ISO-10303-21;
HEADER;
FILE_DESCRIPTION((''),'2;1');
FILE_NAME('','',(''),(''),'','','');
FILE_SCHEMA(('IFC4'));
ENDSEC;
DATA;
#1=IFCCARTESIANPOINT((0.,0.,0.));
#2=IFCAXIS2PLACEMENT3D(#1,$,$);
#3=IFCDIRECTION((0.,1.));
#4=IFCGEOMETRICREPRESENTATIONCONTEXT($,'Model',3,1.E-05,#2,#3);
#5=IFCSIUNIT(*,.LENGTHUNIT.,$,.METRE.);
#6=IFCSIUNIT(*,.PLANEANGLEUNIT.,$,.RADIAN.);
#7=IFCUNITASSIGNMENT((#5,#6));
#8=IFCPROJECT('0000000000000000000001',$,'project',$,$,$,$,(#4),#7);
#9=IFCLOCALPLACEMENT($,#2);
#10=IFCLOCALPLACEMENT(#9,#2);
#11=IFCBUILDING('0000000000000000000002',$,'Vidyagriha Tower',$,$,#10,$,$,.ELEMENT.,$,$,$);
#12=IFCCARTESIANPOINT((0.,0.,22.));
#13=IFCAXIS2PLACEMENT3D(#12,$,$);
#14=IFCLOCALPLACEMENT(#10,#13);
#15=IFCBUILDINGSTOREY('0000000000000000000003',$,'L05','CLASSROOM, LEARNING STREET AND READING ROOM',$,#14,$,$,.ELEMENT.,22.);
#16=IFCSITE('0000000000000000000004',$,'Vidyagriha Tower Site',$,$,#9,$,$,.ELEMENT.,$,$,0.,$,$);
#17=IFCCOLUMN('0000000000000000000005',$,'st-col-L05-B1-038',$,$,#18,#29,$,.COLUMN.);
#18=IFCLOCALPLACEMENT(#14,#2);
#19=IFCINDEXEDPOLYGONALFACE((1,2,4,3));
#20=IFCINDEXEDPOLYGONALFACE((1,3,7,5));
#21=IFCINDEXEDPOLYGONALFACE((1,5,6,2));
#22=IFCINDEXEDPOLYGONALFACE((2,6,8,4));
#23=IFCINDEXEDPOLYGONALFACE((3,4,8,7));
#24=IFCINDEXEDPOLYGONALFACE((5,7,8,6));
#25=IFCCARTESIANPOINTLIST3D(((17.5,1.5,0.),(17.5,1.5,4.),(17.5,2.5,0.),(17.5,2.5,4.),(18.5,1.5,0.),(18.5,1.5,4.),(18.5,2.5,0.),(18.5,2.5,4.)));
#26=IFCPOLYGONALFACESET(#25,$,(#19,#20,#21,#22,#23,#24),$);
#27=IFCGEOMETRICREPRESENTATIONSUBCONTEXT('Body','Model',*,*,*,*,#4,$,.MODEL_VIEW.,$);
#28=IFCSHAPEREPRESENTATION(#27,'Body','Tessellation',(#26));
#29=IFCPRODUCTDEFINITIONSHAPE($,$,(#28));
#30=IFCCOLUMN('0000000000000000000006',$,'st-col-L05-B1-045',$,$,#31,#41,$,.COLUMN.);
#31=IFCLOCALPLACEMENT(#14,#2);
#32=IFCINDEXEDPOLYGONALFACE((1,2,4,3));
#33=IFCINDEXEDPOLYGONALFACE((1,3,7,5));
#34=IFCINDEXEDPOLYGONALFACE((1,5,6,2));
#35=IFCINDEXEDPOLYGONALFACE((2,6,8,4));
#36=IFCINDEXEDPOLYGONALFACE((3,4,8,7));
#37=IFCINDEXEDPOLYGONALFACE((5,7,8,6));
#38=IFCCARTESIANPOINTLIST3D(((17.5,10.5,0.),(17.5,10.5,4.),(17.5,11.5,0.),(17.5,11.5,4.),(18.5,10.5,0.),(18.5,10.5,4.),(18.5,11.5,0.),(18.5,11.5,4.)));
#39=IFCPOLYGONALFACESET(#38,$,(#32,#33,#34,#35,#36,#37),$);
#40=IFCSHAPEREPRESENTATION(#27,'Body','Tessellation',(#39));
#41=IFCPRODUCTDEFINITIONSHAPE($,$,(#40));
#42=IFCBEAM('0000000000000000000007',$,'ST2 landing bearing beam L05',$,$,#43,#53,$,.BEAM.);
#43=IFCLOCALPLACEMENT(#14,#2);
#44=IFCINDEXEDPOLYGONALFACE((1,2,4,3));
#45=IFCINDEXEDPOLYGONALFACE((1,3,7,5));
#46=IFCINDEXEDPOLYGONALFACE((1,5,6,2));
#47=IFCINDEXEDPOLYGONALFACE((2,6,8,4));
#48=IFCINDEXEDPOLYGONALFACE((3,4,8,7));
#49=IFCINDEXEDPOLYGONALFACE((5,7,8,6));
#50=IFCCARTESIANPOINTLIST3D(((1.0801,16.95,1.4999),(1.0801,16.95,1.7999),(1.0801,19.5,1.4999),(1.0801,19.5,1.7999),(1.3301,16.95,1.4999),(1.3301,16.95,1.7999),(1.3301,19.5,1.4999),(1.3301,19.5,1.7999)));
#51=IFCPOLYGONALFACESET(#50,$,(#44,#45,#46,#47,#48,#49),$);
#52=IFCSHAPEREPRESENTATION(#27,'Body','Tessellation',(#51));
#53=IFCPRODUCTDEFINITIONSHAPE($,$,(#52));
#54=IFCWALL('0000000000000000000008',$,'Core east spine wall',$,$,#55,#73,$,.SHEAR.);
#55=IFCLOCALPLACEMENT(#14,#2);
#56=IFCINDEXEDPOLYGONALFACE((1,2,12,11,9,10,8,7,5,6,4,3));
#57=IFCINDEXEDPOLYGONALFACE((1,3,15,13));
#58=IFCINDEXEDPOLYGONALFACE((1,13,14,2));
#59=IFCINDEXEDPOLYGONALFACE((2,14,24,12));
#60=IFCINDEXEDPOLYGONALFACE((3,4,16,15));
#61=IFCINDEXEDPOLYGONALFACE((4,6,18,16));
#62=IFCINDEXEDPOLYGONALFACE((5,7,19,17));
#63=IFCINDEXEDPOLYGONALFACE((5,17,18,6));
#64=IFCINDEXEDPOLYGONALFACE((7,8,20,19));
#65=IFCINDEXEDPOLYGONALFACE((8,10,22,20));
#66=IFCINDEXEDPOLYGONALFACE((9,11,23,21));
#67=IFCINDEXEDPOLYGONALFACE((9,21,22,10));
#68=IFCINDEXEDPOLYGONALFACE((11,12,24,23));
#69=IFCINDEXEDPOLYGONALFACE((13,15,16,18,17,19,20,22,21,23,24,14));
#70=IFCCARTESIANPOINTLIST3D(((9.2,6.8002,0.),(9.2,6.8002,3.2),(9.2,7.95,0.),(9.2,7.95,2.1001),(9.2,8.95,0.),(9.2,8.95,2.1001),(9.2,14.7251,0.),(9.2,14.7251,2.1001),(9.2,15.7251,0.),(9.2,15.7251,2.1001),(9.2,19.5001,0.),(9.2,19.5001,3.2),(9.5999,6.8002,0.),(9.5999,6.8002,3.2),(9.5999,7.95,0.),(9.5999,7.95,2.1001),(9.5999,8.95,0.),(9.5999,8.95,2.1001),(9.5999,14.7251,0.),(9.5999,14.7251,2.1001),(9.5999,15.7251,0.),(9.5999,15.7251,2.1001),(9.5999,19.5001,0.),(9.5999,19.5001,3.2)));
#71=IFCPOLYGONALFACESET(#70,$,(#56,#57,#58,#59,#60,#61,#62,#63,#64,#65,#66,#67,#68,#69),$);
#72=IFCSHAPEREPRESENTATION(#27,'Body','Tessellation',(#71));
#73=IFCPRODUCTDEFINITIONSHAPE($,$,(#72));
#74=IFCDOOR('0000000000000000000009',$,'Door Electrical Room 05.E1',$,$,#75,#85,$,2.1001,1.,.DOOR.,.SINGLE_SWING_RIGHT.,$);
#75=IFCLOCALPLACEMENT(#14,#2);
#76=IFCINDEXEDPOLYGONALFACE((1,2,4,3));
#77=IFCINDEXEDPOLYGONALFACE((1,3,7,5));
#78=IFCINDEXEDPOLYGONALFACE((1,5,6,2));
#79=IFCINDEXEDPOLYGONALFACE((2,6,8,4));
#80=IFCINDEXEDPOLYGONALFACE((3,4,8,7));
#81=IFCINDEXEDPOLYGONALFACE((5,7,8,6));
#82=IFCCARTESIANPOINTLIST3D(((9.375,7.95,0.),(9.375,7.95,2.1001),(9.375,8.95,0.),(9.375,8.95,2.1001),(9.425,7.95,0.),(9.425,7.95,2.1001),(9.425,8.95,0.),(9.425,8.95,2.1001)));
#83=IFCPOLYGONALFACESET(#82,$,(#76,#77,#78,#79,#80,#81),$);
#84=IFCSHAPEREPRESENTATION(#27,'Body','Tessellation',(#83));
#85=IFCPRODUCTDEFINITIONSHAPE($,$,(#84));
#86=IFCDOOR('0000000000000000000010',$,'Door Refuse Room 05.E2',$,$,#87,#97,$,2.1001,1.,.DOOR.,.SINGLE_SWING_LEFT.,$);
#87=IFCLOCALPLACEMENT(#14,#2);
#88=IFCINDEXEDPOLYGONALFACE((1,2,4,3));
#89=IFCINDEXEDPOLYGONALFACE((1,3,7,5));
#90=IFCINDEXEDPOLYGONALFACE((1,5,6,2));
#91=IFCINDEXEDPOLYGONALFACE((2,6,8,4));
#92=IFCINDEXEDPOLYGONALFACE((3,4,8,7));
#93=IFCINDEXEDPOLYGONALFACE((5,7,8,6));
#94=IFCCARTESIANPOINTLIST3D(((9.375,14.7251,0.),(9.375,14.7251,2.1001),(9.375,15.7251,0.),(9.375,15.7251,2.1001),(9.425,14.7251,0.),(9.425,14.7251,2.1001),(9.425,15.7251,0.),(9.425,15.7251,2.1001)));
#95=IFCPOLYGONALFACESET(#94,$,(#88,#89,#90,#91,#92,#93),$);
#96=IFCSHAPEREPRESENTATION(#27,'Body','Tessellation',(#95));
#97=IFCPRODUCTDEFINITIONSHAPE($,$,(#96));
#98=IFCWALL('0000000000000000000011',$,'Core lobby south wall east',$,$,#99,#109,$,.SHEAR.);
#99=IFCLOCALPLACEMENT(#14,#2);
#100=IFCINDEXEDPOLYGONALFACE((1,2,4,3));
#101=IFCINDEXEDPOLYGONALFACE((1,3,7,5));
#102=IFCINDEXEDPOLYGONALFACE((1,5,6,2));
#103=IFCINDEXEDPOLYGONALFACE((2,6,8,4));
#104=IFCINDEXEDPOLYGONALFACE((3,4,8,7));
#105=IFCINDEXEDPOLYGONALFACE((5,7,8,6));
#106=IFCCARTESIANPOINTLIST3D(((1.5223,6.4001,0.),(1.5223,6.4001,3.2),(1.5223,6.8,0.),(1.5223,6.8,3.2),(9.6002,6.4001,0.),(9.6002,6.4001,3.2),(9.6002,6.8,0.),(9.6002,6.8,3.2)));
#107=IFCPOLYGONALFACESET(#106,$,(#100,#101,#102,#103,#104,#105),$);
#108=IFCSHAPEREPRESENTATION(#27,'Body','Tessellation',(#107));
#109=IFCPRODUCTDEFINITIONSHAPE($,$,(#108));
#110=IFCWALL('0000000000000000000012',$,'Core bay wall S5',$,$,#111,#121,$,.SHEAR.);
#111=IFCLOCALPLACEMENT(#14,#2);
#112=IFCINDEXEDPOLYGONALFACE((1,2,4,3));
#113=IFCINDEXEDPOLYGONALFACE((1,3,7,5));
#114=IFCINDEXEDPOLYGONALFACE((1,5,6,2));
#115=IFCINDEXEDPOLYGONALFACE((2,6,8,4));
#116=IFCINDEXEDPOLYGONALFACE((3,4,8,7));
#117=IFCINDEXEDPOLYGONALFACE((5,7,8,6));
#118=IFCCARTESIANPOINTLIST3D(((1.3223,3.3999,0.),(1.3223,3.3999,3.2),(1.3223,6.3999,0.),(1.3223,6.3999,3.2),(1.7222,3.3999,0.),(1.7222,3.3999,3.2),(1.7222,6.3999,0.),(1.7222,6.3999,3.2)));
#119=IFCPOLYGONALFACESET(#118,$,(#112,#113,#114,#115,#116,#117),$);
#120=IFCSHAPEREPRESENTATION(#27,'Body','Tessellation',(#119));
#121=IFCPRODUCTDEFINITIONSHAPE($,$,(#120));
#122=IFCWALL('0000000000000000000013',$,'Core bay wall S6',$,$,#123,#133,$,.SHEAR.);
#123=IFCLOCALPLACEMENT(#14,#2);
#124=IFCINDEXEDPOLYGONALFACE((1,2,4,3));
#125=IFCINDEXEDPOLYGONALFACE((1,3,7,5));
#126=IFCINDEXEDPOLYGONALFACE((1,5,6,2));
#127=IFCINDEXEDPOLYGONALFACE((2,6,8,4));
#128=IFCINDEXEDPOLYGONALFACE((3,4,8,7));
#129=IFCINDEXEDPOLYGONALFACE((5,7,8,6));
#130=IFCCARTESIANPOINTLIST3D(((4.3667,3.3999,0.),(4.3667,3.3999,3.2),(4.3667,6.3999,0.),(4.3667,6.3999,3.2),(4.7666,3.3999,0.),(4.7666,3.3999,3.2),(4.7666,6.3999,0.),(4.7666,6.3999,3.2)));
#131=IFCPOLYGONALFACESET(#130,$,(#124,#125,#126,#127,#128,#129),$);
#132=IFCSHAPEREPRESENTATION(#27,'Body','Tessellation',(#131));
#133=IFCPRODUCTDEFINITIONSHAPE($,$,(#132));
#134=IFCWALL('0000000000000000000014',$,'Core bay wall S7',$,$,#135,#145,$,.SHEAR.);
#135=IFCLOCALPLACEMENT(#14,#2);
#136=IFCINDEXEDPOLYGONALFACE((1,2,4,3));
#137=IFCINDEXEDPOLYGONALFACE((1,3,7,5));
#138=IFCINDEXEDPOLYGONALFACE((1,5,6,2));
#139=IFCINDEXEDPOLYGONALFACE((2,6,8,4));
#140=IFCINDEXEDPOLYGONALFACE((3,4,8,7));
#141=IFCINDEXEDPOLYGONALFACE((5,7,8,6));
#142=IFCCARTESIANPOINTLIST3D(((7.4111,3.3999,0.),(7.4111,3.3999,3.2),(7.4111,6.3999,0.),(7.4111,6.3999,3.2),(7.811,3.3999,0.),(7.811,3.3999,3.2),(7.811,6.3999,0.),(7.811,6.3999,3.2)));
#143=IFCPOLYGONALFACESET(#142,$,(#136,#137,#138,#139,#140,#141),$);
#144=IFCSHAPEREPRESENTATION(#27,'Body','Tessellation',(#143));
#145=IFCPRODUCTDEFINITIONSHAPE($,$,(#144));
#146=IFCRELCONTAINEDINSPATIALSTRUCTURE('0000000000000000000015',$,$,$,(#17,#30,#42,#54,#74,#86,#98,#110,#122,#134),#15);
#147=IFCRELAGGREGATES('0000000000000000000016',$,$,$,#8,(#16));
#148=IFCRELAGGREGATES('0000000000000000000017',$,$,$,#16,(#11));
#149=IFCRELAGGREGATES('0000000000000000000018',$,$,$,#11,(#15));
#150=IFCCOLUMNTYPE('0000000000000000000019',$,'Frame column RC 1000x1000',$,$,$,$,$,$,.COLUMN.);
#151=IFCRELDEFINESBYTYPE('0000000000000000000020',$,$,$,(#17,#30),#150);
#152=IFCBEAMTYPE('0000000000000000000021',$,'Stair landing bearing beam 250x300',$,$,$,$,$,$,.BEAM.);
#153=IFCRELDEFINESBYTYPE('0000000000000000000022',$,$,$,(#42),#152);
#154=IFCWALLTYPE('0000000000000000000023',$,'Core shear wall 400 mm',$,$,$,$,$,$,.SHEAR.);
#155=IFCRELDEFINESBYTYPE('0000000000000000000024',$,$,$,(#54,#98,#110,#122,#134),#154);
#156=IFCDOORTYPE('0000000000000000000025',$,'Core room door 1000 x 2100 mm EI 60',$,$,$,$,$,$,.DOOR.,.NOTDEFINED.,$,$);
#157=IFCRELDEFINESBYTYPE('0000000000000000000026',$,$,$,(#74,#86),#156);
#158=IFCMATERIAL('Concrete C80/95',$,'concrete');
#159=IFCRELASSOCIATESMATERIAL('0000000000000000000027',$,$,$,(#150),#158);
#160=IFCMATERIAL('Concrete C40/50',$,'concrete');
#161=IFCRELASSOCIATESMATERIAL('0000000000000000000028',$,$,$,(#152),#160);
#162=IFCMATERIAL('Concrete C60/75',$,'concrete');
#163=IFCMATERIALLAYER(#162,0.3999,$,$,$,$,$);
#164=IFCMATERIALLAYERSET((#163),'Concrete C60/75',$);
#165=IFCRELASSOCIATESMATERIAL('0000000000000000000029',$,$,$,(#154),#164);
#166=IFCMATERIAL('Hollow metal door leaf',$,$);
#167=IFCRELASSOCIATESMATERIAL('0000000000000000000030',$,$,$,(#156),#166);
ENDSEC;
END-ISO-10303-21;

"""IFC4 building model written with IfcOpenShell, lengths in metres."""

from ifc_helpers import new_model, si_unit, direction, frame, frame_2d, origin, origin_2d, place, context, subcontext, project, spatial, rectangle, extrude, material, layer, layer_set, material_profile, profile_set, type_object, element, fill, save


model = new_model("IFC4")

# Units and contexts
model_context = context("Model", 3, precision=1e-05, world=origin(), true_north=direction((0.0, 1.0)))
body_context = subcontext(model_context, "Body", "Model", "MODEL_VIEW")
ifc_project = project(units=[si_unit("LENGTHUNIT", "METRE"), si_unit("PLANEANGLEUNIT", "RADIAN")], contexts=[model_context])

# Site, building, storey
site_placement = place(None, origin())
site = spatial("IfcSite", under=ifc_project, at=site_placement, Name="Vidyagriha Tower Site", CompositionType="ELEMENT", RefElevation=0.0)
building_placement = place(site_placement, origin())
building = spatial("IfcBuilding", under=site, at=building_placement, Name="Vidyagriha Tower", CompositionType="ELEMENT")
storey_placement = place(building_placement, frame((0.0, 0.0, 22.0)))
storey = spatial("IfcBuildingStorey", under=building, at=storey_placement, Name="L05", Description="CLASSROOM, LEARNING STREET AND READING ROOM", CompositionType="ELEMENT", Elevation=22.0)

# Columns
ifc_material_1 = material(Name="Concrete C80/95", Category="concrete")
ifc_material_profile_1 = material_profile(ifc_material_1, rectangle(XDim=1.0, YDim=1.0, at=origin_2d()), Name="RC 1000x1000")
ifc_profile_set_1 = profile_set([ifc_material_profile_1], Name="Concrete C80/95")
column_type = type_object("IfcColumnType", Name="Frame column RC 1000x1000", PredefinedType="COLUMN", material=ifc_profile_set_1)
for number, where, name in (
    (1, (18.0, 2.0, 0.0), "st-col-L05-B1-038"),
    (2, (18.0, 11.0, 0.0), "st-col-L05-B1-045"),
):
    element("IfcColumn", number, at=place(storey_placement, frame(where)), inside=storey, type_object=column_type, Name=name, PredefinedType="COLUMN", context=body_context, shape_type="SweptSolid", body=[
        extrude(rectangle(XDim=1.0, YDim=1.0, at=origin_2d()), origin(), (0.0, 0.0, 1.0), 4.0),
    ])

# Beam
ifc_material_2 = material(Name="Concrete C40/50", Category="concrete")
ifc_material_profile_2 = material_profile(ifc_material_2, rectangle(XDim=0.25, YDim=0.3, at=origin_2d()), Name="Stair landing bearing beam 250x300")
ifc_profile_set_2 = profile_set([ifc_material_profile_2], Name="Concrete C40/50")
beam_type = type_object("IfcBeamType", Name="Stair landing bearing beam 250x300", PredefinedType="BEAM", material=ifc_profile_set_2)
beam_placement = place(storey_placement, frame((1.2051, 16.95, 1.6499), z_axis=(0.0, 1.0, 0.0), x_axis=(-1.0, 0.0, 0.0)))
element("IfcBeam", 3, at=beam_placement, inside=storey, type_object=beam_type, Name="ST2 landing bearing beam L05", PredefinedType="BEAM", context=body_context, shape_type="SweptSolid", body=[
    extrude(rectangle(XDim=0.25, YDim=0.3, at=origin_2d()), origin(), (0.0, 0.0, 1.0), 2.55),
])

# Wall, openings, doors
ifc_material_3 = material(Name="Concrete C60/75", Category="concrete")
ifc_layer_1 = layer(ifc_material_3, 0.3999)
ifc_layer_set_1 = layer_set([ifc_layer_1], Name="Concrete C60/75")
wall_type_1 = type_object("IfcWallType", Name="Core shear wall 400 mm", PredefinedType="SHEAR", material=ifc_layer_set_1)
wall_1_placement = place(storey_placement, frame((9.3999, 6.8, 0.0), z_axis=(0.0, 0.0, 1.0), x_axis=(0.0, 1.0, 0.0)))
wall_1 = element("IfcWall", 4, at=wall_1_placement, inside=storey, type_object=wall_type_1, Name="Core east spine wall", PredefinedType="SHEAR", context=body_context, shape_type="SweptSolid", body=[
    extrude(rectangle(XDim=12.7, YDim=0.3999, at=frame_2d((6.3501, 0.0))), origin(), (0.0, 0.0, 1.0), 3.2),
])
opening_1_placement = place(wall_1_placement, frame((1.1499, 0.0, 0.0)))
opening_1 = element("IfcOpeningElement", 5, at=opening_1_placement, cuts=wall_1, PredefinedType="OPENING", context=body_context, shape_type="SweptSolid", body=[
    extrude(rectangle(XDim=1.0, YDim=2.1001, at=frame_2d((0.5, 1.05))), frame((0.0, 0.21, 0.0), z_axis=(0.0, -1.0, 0.0), x_axis=(1.0, 0.0, 0.0)), (0.0, 0.0, 1.0), 0.4199),
])
opening_2_placement = place(wall_1_placement, frame((7.925, 0.0, 0.0)))
opening_2 = element("IfcOpeningElement", 6, at=opening_2_placement, cuts=wall_1, PredefinedType="OPENING", context=body_context, shape_type="SweptSolid", body=[
    extrude(rectangle(XDim=1.0, YDim=2.1001, at=frame_2d((0.5, 1.05))), frame((0.0, 0.21, 0.0), z_axis=(0.0, -1.0, 0.0), x_axis=(1.0, 0.0, 0.0)), (0.0, 0.0, 1.0), 0.4199),
])
ifc_material_4 = material(Name="Hollow metal door leaf")
door_type_1 = type_object("IfcDoorType", Name="Core room door 1000 x 2100 mm EI 60", OperationType="NOTDEFINED", PredefinedType="DOOR", material=ifc_material_4)
door_1_placement = place(opening_1_placement, origin())
door_1 = element("IfcDoor", 7, at=door_1_placement, inside=storey, type_object=door_type_1, Name="Door Electrical Room 05.E1", OperationType="SINGLE_SWING_RIGHT", OverallHeight=2.1001, OverallWidth=1.0, PredefinedType="DOOR", context=body_context, shape_type="SweptSolid", body=[
    extrude(rectangle(XDim=1.0, YDim=2.1001, at=frame_2d((0.5, 1.05))), frame((0.0, 0.0249, 0.0), z_axis=(0.0, -1.0, 0.0), x_axis=(1.0, 0.0, 0.0)), (0.0, 0.0, 1.0), 0.05),
])
fill(opening_1, door_1)
door_2_placement = place(opening_2_placement, origin())
door_2 = element("IfcDoor", 8, at=door_2_placement, inside=storey, type_object=door_type_1, Name="Door Refuse Room 05.E2", OperationType="SINGLE_SWING_LEFT", OverallHeight=2.1001, OverallWidth=1.0, PredefinedType="DOOR", context=body_context, shape_type="SweptSolid", body=[
    extrude(rectangle(XDim=1.0, YDim=2.1001, at=frame_2d((0.5, 1.05))), frame((0.0, 0.0249, 0.0), z_axis=(0.0, -1.0, 0.0), x_axis=(1.0, 0.0, 0.0)), (0.0, 0.0, 1.0), 0.05),
])
fill(opening_2, door_2)

# Walls
wall_2_placement = place(storey_placement, frame((1.5222, 6.6001, 0.0)))
element("IfcWall", 9, at=wall_2_placement, inside=storey, type_object=wall_type_1, Name="Core lobby south wall east", PredefinedType="SHEAR", context=body_context, shape_type="SweptSolid", body=[
    extrude(rectangle(XDim=8.0779, YDim=0.3999, at=frame_2d((4.0391, 0.0))), origin(), (0.0, 0.0, 1.0), 3.2),
])
for number, where, z_axis, x_axis, name in (
    (10, (1.5222, 3.3999, 0.0), (0.0, 0.0, 1.0), (0.0, 1.0, 0.0), "Core bay wall S5"),
    (11, (4.5667, 3.3999, 0.0), (0.0, 0.0, 1.0), (0.0, 1.0, 0.0), "Core bay wall S6"),
    (12, (7.6111, 3.3999, 0.0), (0.0, 0.0, 1.0), (0.0, 1.0, 0.0), "Core bay wall S7"),
):
    element("IfcWall", number, at=place(storey_placement, frame(where, z_axis=z_axis, x_axis=x_axis)), inside=storey, type_object=wall_type_1, Name=name, PredefinedType="SHEAR", context=body_context, shape_type="SweptSolid", body=[
        extrude(rectangle(XDim=3.0, YDim=0.3999, at=frame_2d((1.5, 0.0))), origin(), (0.0, 0.0, 1.0), 3.2),
    ])

save(model, "model.ifc")
